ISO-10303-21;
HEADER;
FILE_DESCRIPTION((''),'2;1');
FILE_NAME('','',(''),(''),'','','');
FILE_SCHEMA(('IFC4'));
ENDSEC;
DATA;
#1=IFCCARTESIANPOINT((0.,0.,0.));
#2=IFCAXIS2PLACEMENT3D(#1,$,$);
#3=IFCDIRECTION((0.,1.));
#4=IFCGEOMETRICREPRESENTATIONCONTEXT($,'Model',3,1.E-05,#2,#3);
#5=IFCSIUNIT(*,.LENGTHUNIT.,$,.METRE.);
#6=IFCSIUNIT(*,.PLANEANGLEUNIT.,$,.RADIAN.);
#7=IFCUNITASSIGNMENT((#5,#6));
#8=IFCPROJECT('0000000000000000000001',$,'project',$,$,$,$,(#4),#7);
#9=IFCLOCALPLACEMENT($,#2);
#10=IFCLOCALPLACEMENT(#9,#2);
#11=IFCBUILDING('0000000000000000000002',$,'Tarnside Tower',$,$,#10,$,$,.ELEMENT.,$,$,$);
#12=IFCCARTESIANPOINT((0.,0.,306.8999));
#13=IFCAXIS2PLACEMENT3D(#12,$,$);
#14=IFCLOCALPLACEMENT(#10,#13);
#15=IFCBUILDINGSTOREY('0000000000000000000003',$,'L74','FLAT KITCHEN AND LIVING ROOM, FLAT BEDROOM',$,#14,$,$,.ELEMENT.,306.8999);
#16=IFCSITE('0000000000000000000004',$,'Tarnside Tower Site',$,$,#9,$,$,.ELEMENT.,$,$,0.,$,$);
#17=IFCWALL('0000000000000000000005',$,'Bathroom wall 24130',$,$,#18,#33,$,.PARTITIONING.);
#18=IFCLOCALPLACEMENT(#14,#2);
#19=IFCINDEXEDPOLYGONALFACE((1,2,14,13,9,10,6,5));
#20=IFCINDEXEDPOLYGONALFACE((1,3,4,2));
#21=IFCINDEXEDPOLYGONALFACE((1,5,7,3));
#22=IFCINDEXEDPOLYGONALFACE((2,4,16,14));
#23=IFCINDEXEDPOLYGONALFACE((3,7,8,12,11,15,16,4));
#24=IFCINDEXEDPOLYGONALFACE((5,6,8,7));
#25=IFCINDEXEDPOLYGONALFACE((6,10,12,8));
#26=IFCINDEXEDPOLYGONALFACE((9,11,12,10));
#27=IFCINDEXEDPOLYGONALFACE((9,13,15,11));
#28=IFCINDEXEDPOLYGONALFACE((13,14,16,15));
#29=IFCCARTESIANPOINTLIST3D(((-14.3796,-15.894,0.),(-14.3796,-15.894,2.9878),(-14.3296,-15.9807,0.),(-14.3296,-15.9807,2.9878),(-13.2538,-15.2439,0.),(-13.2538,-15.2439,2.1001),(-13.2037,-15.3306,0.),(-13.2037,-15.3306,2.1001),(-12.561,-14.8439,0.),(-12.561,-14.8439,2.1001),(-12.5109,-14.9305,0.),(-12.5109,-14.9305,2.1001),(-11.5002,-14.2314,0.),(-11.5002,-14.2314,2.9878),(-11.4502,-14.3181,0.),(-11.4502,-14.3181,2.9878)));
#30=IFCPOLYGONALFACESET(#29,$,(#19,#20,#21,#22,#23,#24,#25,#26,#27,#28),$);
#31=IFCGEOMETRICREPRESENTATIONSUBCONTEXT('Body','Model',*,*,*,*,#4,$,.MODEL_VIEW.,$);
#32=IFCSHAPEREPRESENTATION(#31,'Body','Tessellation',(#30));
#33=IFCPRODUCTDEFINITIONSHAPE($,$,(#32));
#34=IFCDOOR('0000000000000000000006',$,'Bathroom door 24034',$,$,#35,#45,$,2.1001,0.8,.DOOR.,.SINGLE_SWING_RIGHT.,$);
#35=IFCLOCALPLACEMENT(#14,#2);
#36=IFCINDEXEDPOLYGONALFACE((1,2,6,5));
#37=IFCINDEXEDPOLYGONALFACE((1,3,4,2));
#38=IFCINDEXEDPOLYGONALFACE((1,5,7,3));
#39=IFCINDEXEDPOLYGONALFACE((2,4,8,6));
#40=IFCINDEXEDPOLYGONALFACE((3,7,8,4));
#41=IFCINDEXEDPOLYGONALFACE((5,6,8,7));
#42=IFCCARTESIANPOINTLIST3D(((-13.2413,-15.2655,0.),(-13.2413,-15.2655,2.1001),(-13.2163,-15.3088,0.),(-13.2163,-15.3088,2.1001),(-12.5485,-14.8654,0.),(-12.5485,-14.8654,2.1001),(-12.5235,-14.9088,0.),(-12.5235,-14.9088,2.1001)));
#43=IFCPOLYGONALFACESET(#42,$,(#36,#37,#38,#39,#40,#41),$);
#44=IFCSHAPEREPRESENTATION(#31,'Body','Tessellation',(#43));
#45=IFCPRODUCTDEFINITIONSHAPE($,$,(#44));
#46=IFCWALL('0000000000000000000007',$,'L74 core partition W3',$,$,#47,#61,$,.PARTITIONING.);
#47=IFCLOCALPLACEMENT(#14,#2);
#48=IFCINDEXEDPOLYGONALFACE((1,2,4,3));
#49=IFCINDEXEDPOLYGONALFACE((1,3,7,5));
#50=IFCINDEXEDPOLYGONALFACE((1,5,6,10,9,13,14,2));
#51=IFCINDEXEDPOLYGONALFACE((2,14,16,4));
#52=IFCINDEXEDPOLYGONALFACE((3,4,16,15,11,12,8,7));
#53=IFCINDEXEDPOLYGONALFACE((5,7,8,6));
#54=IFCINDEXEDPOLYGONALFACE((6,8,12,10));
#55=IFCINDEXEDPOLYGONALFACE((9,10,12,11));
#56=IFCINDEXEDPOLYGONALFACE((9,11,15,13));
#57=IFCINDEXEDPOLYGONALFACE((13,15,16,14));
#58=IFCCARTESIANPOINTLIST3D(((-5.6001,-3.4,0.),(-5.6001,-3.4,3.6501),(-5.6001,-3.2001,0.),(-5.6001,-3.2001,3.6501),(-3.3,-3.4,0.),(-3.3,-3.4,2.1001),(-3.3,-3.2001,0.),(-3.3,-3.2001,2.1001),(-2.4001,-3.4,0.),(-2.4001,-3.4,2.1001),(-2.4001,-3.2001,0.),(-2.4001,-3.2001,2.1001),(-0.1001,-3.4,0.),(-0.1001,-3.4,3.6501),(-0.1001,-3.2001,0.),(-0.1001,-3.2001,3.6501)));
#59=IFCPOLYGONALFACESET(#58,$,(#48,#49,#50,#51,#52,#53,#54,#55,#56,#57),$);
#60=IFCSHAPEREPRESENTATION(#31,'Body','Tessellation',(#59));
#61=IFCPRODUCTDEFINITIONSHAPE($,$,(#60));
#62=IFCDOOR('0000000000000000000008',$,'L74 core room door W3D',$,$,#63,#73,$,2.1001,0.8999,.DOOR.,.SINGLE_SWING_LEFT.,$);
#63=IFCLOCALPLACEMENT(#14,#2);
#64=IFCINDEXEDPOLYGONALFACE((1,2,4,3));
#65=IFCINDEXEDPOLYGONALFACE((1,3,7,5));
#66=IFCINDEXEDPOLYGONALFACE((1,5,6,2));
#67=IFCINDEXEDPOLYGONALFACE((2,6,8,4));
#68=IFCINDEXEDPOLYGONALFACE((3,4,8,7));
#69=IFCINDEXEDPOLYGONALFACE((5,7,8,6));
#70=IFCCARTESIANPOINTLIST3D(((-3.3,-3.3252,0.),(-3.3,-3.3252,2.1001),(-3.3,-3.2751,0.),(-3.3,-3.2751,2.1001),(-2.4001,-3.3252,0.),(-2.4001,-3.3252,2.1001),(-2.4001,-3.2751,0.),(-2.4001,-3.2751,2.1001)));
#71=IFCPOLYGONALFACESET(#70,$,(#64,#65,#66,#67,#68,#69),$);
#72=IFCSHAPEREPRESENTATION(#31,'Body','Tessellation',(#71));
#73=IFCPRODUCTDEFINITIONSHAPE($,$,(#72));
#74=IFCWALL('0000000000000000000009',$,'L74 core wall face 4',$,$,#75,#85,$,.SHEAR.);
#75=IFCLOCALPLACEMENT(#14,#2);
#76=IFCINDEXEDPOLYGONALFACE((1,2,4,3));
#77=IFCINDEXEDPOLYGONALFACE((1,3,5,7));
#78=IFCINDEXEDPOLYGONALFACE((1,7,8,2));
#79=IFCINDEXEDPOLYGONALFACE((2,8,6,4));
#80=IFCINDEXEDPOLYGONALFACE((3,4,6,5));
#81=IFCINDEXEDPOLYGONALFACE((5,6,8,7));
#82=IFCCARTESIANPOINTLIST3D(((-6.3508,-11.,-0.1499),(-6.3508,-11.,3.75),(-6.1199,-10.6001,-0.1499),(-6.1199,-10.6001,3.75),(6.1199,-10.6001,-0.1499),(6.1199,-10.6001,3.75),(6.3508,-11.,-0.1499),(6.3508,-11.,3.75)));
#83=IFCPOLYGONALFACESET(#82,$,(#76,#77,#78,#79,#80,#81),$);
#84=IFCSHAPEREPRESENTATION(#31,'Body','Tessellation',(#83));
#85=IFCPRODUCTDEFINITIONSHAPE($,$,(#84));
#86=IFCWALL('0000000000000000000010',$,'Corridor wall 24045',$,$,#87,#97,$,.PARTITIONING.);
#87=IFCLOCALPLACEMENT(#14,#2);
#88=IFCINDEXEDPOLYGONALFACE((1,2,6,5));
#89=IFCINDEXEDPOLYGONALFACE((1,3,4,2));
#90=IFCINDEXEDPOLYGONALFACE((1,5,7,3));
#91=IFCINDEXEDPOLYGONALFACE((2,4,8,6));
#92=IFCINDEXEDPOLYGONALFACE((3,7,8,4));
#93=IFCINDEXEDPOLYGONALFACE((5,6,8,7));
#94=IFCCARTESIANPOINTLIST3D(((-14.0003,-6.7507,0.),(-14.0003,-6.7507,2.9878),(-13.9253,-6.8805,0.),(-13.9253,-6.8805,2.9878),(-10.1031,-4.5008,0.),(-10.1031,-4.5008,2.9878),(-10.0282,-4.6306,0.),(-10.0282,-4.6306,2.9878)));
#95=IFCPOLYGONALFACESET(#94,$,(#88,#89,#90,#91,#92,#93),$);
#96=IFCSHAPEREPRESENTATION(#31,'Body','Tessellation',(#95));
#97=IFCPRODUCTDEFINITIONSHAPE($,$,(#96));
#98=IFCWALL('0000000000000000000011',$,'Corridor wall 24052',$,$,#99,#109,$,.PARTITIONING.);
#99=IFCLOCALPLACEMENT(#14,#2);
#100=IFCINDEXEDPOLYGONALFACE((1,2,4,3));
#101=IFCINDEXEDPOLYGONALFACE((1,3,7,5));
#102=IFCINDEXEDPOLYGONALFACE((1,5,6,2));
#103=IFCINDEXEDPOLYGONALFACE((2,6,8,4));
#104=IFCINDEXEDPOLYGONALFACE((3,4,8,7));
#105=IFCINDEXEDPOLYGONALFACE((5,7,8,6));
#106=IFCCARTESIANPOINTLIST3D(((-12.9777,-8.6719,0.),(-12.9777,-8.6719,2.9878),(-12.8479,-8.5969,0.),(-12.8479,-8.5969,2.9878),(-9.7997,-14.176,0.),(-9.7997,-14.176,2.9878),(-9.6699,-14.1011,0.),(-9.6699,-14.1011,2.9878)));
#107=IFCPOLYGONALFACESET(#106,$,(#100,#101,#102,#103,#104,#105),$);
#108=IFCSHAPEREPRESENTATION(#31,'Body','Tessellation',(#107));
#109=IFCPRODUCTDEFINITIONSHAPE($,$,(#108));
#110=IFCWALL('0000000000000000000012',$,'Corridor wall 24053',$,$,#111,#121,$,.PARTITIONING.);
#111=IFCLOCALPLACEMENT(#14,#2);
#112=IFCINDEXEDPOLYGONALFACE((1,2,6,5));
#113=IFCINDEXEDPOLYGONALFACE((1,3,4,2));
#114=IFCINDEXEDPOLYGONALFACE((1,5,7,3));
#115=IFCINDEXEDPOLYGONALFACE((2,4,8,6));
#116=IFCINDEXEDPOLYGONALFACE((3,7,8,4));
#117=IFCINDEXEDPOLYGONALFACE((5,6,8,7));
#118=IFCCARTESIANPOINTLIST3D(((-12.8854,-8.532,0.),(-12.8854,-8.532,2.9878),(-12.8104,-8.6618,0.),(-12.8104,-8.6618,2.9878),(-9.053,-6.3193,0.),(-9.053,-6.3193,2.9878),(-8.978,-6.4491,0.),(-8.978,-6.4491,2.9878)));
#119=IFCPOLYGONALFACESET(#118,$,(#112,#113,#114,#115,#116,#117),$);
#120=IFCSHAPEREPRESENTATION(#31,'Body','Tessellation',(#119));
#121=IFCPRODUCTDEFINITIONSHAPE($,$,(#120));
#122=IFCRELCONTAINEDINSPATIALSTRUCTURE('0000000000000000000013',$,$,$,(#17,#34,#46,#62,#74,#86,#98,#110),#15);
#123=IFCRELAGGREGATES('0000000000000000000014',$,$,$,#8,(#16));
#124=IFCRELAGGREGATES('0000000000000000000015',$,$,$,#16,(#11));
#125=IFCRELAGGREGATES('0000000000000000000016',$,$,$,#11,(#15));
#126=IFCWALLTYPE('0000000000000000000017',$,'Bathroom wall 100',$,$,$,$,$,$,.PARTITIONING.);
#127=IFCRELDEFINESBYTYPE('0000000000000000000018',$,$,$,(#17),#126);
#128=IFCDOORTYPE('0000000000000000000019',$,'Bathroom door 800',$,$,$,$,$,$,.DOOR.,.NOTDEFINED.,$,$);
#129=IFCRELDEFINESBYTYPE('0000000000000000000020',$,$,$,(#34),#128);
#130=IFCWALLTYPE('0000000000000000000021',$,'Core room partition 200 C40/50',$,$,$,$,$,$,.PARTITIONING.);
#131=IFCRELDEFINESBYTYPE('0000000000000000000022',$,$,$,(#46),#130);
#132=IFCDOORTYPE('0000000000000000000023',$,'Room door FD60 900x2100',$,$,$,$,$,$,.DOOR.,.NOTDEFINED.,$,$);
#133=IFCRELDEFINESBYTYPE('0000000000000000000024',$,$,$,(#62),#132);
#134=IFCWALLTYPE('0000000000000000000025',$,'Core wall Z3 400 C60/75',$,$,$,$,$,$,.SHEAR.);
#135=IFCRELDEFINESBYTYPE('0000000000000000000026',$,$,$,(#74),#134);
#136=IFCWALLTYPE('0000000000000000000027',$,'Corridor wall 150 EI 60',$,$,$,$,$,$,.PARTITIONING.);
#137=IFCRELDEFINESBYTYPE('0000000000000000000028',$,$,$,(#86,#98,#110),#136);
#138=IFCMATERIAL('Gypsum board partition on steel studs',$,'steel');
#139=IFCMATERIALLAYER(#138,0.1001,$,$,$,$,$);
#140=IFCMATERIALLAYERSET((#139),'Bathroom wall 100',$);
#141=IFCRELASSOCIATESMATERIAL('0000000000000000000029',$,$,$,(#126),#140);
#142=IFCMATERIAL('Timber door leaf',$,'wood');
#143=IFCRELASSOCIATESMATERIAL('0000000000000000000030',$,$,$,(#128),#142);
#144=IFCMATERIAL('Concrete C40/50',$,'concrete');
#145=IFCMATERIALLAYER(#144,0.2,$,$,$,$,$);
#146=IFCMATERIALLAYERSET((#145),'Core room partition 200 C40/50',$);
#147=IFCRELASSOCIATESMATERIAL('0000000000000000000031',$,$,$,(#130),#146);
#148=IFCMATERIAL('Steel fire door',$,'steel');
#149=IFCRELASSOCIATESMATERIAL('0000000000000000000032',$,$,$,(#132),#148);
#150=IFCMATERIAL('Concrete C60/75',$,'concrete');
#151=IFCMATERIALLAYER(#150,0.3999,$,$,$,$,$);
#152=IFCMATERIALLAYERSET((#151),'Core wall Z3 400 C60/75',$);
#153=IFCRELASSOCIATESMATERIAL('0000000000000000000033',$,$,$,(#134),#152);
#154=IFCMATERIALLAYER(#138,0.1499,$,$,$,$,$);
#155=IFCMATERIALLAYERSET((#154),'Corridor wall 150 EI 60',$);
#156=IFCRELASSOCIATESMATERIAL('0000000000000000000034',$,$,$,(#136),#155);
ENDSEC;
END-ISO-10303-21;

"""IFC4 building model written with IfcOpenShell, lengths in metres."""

from ifc_helpers import new_model, si_unit, direction, frame, frame_2d, origin, place, context, subcontext, project, spatial, polyline, rectangle, outline, extrude, material, layer, layer_set, type_object, element, fill, save


model = new_model("IFC4")

# Units and contexts
model_context = context("Model", 3, precision=1e-05, world=origin(), true_north=direction((0.0, 1.0)))
body_context = subcontext(model_context, "Body", "Model", "MODEL_VIEW")
ifc_project = project(units=[si_unit("LENGTHUNIT", "METRE"), si_unit("PLANEANGLEUNIT", "RADIAN")], contexts=[model_context])

# Site, building, storey
site_placement = place(None, origin())
site = spatial("IfcSite", under=ifc_project, at=site_placement, Name="Tarnside Tower Site", CompositionType="ELEMENT", RefElevation=0.0)
building_placement = place(site_placement, origin())
building = spatial("IfcBuilding", under=site, at=building_placement, Name="Tarnside Tower", CompositionType="ELEMENT")
storey_placement = place(building_placement, frame((0.0, 0.0, 306.8999)))
storey = spatial("IfcBuildingStorey", under=building, at=storey_placement, Name="L74", Description="FLAT KITCHEN AND LIVING ROOM, FLAT BEDROOM", CompositionType="ELEMENT", Elevation=306.8999)

# Walls, openings, doors
ifc_material_1 = material(Name="Gypsum board partition on steel studs", Category="steel")
ifc_layer_1 = layer(ifc_material_1, 0.1001)
ifc_layer_set_1 = layer_set([ifc_layer_1], Name="Bathroom wall 100")
wall_type_1 = type_object("IfcWallType", Name="Bathroom wall 100", PredefinedType="PARTITIONING", material=ifc_layer_set_1)
wall_1_placement = place(storey_placement, frame((-11.4751, -14.2747, 0.0), z_axis=(0.0, 0.0, 1.0), x_axis=(-0.866002, -0.50004, 0.0)))
wall_1 = element("IfcWall", 1, at=wall_1_placement, inside=storey, type_object=wall_type_1, Name="Bathroom wall 24130", PredefinedType="PARTITIONING", context=body_context, shape_type="SweptSolid", body=[
    extrude(rectangle(XDim=3.325, YDim=0.1001, at=frame_2d((1.6626, 0.0))), origin(), (0.0, 0.0, 1.0), 2.9878),
])
opening_1_placement = place(wall_1_placement, frame((1.2251, 0.0, 0.0)))
opening_1 = element("IfcOpeningElement", 2, at=opening_1_placement, cuts=wall_1, PredefinedType="OPENING", context=body_context, shape_type="SweptSolid", body=[
    extrude(rectangle(XDim=0.8, YDim=2.1001, at=frame_2d((0.3999, 1.05))), frame((0.0, 0.0601, 0.0), z_axis=(0.0, -1.0, 0.0), x_axis=(1.0, 0.0, 0.0)), (0.0, 0.0, 1.0), 0.1201),
])
ifc_material_2 = material(Name="Timber door leaf", Category="wood")
door_type_1 = type_object("IfcDoorType", Name="Bathroom door 800", OperationType="NOTDEFINED", PredefinedType="DOOR", material=ifc_material_2)
door_1_placement = place(opening_1_placement, origin())
door_1 = element("IfcDoor", 3, at=door_1_placement, inside=storey, type_object=door_type_1, Name="Bathroom door 24034", OperationType="SINGLE_SWING_RIGHT", OverallHeight=2.1001, OverallWidth=0.8, PredefinedType="DOOR", context=body_context, shape_type="SweptSolid", body=[
    extrude(rectangle(XDim=0.8, YDim=2.1001, at=frame_2d((0.3999, 1.05))), frame((0.0, 0.0249, 0.0), z_axis=(0.0, -1.0, 0.0), x_axis=(1.0, 0.0, 0.0)), (0.0, 0.0, 1.0), 0.05),
])
fill(opening_1, door_1)
ifc_material_3 = material(Name="Concrete C40/50", Category="concrete")
ifc_layer_2 = layer(ifc_material_3, 0.2)
ifc_layer_set_2 = layer_set([ifc_layer_2], Name="Core room partition 200 C40/50")
wall_type_2 = type_object("IfcWallType", Name="Core room partition 200 C40/50", PredefinedType="PARTITIONING", material=ifc_layer_set_2)
wall_2_placement = place(storey_placement, frame((-5.6001, -3.3, 0.0), z_axis=(0.0, 0.0, 1.0), x_axis=(1.0, 0.0, 0.0)))
wall_2 = element("IfcWall", 4, at=wall_2_placement, inside=storey, type_object=wall_type_2, Name="L74 core partition W3", PredefinedType="PARTITIONING", context=body_context, shape_type="SweptSolid", body=[
    extrude(rectangle(XDim=5.5, YDim=0.2, at=frame_2d((2.75, 0.0))), origin(), (0.0, 0.0, 1.0), 3.6501),
])
opening_2_placement = place(wall_2_placement, frame((2.3, 0.0, 0.0)))
opening_2 = element("IfcOpeningElement", 5, at=opening_2_placement, cuts=wall_2, PredefinedType="OPENING", context=body_context, shape_type="SweptSolid", body=[
    extrude(rectangle(XDim=0.8999, YDim=2.1001, at=frame_2d((0.45, 1.05))), frame((0.0, 0.1099, 0.0), z_axis=(0.0, -1.0, 0.0), x_axis=(1.0, 0.0, 0.0)), (0.0, 0.0, 1.0), 0.22),
])
ifc_material_4 = material(Name="Steel fire door", Category="steel")
door_type_2 = type_object("IfcDoorType", Name="Room door FD60 900x2100", OperationType="NOTDEFINED", PredefinedType="DOOR", material=ifc_material_4)
door_2_placement = place(opening_2_placement, origin())
door_2 = element("IfcDoor", 6, at=door_2_placement, inside=storey, type_object=door_type_2, Name="L74 core room door W3D", OperationType="SINGLE_SWING_LEFT", OverallHeight=2.1001, OverallWidth=0.8999, PredefinedType="DOOR", context=body_context, shape_type="SweptSolid", body=[
    extrude(rectangle(XDim=0.8999, YDim=2.1001, at=frame_2d((0.45, 1.05))), frame((0.0, 0.0249, 0.0), z_axis=(0.0, -1.0, 0.0), x_axis=(1.0, 0.0, 0.0)), (0.0, 0.0, 1.0), 0.05),
])
fill(opening_2, door_2)

# Walls
ifc_material_5 = material(Name="Concrete C60/75", Category="concrete")
ifc_layer_3 = layer(ifc_material_5, 0.3999)
ifc_layer_set_3 = layer_set([ifc_layer_3], Name="Core wall Z3 400 C60/75")
wall_type_3 = type_object("IfcWallType", Name="Core wall Z3 400 C60/75", PredefinedType="SHEAR", material=ifc_layer_set_3)
wall_3_placement = place(storey_placement, frame((-6.2354, -10.8, -0.1499), z_axis=(0.0, 0.0, 1.0), x_axis=(1.0, 0.0, 0.0)))
element("IfcWall", 7, at=wall_3_placement, inside=storey, type_object=wall_type_3, Name="L74 core wall face 4", PredefinedType="SHEAR", context=body_context, shape_type="SweptSolid", body=[
    extrude(outline(polyline([(-0.1155, -0.2), (12.5862, -0.2), (12.3552, 0.2), (0.1155, 0.2), (-0.1155, -0.2)])), origin(), (0.0, 0.0, 1.0), 3.8999),
])
ifc_layer_4 = layer(ifc_material_1, 0.1499)
ifc_layer_set_4 = layer_set([ifc_layer_4], Name="Corridor wall 150 EI 60")
wall_type_4 = type_object("IfcWallType", Name="Corridor wall 150 EI 60", PredefinedType="PARTITIONING", material=ifc_layer_set_4)
wall_4_placement = place(storey_placement, frame((-10.0657, -4.5657, 0.0), z_axis=(0.0, 0.0, 1.0), x_axis=(-0.866031, -0.49999, 0.0)))
element("IfcWall", 8, at=wall_4_placement, inside=storey, type_object=wall_type_4, Name="Corridor wall 24045", PredefinedType="PARTITIONING", context=body_context, shape_type="SweptSolid", body=[
    extrude(rectangle(XDim=4.5, YDim=0.1499, at=frame_2d((2.25, 0.0))), origin(), (0.0, 0.0, 1.0), 2.9878),
])
wall_5_placement = place(storey_placement, frame((-9.7349, -14.1384, 0.0), z_axis=(0.0, 0.0, 1.0), x_axis=(-0.500018, 0.866015, 0.0)))
element("IfcWall", 9, at=wall_5_placement, inside=storey, type_object=wall_type_4, Name="Corridor wall 24052", PredefinedType="PARTITIONING", context=body_context, shape_type="SweptSolid", body=[
    extrude(rectangle(XDim=6.3557, YDim=0.1499, at=frame_2d((3.1777, 0.0))), origin(), (0.0, 0.0, 1.0), 2.9878),
])
wall_6_placement = place(storey_placement, frame((-12.8479, -8.5969, 0.0), z_axis=(0.0, 0.0, 1.0), x_axis=(0.866017, 0.500014, 0.0)))
element("IfcWall", 10, at=wall_6_placement, inside=storey, type_object=wall_type_4, Name="Corridor wall 24053", PredefinedType="PARTITIONING", context=body_context, shape_type="SweptSolid", body=[
    extrude(rectangle(XDim=4.4253, YDim=0.1499, at=frame_2d((2.2126, 0.0))), origin(), (0.0, 0.0, 1.0), 2.9878),
])

save(model, "model.ifc")
